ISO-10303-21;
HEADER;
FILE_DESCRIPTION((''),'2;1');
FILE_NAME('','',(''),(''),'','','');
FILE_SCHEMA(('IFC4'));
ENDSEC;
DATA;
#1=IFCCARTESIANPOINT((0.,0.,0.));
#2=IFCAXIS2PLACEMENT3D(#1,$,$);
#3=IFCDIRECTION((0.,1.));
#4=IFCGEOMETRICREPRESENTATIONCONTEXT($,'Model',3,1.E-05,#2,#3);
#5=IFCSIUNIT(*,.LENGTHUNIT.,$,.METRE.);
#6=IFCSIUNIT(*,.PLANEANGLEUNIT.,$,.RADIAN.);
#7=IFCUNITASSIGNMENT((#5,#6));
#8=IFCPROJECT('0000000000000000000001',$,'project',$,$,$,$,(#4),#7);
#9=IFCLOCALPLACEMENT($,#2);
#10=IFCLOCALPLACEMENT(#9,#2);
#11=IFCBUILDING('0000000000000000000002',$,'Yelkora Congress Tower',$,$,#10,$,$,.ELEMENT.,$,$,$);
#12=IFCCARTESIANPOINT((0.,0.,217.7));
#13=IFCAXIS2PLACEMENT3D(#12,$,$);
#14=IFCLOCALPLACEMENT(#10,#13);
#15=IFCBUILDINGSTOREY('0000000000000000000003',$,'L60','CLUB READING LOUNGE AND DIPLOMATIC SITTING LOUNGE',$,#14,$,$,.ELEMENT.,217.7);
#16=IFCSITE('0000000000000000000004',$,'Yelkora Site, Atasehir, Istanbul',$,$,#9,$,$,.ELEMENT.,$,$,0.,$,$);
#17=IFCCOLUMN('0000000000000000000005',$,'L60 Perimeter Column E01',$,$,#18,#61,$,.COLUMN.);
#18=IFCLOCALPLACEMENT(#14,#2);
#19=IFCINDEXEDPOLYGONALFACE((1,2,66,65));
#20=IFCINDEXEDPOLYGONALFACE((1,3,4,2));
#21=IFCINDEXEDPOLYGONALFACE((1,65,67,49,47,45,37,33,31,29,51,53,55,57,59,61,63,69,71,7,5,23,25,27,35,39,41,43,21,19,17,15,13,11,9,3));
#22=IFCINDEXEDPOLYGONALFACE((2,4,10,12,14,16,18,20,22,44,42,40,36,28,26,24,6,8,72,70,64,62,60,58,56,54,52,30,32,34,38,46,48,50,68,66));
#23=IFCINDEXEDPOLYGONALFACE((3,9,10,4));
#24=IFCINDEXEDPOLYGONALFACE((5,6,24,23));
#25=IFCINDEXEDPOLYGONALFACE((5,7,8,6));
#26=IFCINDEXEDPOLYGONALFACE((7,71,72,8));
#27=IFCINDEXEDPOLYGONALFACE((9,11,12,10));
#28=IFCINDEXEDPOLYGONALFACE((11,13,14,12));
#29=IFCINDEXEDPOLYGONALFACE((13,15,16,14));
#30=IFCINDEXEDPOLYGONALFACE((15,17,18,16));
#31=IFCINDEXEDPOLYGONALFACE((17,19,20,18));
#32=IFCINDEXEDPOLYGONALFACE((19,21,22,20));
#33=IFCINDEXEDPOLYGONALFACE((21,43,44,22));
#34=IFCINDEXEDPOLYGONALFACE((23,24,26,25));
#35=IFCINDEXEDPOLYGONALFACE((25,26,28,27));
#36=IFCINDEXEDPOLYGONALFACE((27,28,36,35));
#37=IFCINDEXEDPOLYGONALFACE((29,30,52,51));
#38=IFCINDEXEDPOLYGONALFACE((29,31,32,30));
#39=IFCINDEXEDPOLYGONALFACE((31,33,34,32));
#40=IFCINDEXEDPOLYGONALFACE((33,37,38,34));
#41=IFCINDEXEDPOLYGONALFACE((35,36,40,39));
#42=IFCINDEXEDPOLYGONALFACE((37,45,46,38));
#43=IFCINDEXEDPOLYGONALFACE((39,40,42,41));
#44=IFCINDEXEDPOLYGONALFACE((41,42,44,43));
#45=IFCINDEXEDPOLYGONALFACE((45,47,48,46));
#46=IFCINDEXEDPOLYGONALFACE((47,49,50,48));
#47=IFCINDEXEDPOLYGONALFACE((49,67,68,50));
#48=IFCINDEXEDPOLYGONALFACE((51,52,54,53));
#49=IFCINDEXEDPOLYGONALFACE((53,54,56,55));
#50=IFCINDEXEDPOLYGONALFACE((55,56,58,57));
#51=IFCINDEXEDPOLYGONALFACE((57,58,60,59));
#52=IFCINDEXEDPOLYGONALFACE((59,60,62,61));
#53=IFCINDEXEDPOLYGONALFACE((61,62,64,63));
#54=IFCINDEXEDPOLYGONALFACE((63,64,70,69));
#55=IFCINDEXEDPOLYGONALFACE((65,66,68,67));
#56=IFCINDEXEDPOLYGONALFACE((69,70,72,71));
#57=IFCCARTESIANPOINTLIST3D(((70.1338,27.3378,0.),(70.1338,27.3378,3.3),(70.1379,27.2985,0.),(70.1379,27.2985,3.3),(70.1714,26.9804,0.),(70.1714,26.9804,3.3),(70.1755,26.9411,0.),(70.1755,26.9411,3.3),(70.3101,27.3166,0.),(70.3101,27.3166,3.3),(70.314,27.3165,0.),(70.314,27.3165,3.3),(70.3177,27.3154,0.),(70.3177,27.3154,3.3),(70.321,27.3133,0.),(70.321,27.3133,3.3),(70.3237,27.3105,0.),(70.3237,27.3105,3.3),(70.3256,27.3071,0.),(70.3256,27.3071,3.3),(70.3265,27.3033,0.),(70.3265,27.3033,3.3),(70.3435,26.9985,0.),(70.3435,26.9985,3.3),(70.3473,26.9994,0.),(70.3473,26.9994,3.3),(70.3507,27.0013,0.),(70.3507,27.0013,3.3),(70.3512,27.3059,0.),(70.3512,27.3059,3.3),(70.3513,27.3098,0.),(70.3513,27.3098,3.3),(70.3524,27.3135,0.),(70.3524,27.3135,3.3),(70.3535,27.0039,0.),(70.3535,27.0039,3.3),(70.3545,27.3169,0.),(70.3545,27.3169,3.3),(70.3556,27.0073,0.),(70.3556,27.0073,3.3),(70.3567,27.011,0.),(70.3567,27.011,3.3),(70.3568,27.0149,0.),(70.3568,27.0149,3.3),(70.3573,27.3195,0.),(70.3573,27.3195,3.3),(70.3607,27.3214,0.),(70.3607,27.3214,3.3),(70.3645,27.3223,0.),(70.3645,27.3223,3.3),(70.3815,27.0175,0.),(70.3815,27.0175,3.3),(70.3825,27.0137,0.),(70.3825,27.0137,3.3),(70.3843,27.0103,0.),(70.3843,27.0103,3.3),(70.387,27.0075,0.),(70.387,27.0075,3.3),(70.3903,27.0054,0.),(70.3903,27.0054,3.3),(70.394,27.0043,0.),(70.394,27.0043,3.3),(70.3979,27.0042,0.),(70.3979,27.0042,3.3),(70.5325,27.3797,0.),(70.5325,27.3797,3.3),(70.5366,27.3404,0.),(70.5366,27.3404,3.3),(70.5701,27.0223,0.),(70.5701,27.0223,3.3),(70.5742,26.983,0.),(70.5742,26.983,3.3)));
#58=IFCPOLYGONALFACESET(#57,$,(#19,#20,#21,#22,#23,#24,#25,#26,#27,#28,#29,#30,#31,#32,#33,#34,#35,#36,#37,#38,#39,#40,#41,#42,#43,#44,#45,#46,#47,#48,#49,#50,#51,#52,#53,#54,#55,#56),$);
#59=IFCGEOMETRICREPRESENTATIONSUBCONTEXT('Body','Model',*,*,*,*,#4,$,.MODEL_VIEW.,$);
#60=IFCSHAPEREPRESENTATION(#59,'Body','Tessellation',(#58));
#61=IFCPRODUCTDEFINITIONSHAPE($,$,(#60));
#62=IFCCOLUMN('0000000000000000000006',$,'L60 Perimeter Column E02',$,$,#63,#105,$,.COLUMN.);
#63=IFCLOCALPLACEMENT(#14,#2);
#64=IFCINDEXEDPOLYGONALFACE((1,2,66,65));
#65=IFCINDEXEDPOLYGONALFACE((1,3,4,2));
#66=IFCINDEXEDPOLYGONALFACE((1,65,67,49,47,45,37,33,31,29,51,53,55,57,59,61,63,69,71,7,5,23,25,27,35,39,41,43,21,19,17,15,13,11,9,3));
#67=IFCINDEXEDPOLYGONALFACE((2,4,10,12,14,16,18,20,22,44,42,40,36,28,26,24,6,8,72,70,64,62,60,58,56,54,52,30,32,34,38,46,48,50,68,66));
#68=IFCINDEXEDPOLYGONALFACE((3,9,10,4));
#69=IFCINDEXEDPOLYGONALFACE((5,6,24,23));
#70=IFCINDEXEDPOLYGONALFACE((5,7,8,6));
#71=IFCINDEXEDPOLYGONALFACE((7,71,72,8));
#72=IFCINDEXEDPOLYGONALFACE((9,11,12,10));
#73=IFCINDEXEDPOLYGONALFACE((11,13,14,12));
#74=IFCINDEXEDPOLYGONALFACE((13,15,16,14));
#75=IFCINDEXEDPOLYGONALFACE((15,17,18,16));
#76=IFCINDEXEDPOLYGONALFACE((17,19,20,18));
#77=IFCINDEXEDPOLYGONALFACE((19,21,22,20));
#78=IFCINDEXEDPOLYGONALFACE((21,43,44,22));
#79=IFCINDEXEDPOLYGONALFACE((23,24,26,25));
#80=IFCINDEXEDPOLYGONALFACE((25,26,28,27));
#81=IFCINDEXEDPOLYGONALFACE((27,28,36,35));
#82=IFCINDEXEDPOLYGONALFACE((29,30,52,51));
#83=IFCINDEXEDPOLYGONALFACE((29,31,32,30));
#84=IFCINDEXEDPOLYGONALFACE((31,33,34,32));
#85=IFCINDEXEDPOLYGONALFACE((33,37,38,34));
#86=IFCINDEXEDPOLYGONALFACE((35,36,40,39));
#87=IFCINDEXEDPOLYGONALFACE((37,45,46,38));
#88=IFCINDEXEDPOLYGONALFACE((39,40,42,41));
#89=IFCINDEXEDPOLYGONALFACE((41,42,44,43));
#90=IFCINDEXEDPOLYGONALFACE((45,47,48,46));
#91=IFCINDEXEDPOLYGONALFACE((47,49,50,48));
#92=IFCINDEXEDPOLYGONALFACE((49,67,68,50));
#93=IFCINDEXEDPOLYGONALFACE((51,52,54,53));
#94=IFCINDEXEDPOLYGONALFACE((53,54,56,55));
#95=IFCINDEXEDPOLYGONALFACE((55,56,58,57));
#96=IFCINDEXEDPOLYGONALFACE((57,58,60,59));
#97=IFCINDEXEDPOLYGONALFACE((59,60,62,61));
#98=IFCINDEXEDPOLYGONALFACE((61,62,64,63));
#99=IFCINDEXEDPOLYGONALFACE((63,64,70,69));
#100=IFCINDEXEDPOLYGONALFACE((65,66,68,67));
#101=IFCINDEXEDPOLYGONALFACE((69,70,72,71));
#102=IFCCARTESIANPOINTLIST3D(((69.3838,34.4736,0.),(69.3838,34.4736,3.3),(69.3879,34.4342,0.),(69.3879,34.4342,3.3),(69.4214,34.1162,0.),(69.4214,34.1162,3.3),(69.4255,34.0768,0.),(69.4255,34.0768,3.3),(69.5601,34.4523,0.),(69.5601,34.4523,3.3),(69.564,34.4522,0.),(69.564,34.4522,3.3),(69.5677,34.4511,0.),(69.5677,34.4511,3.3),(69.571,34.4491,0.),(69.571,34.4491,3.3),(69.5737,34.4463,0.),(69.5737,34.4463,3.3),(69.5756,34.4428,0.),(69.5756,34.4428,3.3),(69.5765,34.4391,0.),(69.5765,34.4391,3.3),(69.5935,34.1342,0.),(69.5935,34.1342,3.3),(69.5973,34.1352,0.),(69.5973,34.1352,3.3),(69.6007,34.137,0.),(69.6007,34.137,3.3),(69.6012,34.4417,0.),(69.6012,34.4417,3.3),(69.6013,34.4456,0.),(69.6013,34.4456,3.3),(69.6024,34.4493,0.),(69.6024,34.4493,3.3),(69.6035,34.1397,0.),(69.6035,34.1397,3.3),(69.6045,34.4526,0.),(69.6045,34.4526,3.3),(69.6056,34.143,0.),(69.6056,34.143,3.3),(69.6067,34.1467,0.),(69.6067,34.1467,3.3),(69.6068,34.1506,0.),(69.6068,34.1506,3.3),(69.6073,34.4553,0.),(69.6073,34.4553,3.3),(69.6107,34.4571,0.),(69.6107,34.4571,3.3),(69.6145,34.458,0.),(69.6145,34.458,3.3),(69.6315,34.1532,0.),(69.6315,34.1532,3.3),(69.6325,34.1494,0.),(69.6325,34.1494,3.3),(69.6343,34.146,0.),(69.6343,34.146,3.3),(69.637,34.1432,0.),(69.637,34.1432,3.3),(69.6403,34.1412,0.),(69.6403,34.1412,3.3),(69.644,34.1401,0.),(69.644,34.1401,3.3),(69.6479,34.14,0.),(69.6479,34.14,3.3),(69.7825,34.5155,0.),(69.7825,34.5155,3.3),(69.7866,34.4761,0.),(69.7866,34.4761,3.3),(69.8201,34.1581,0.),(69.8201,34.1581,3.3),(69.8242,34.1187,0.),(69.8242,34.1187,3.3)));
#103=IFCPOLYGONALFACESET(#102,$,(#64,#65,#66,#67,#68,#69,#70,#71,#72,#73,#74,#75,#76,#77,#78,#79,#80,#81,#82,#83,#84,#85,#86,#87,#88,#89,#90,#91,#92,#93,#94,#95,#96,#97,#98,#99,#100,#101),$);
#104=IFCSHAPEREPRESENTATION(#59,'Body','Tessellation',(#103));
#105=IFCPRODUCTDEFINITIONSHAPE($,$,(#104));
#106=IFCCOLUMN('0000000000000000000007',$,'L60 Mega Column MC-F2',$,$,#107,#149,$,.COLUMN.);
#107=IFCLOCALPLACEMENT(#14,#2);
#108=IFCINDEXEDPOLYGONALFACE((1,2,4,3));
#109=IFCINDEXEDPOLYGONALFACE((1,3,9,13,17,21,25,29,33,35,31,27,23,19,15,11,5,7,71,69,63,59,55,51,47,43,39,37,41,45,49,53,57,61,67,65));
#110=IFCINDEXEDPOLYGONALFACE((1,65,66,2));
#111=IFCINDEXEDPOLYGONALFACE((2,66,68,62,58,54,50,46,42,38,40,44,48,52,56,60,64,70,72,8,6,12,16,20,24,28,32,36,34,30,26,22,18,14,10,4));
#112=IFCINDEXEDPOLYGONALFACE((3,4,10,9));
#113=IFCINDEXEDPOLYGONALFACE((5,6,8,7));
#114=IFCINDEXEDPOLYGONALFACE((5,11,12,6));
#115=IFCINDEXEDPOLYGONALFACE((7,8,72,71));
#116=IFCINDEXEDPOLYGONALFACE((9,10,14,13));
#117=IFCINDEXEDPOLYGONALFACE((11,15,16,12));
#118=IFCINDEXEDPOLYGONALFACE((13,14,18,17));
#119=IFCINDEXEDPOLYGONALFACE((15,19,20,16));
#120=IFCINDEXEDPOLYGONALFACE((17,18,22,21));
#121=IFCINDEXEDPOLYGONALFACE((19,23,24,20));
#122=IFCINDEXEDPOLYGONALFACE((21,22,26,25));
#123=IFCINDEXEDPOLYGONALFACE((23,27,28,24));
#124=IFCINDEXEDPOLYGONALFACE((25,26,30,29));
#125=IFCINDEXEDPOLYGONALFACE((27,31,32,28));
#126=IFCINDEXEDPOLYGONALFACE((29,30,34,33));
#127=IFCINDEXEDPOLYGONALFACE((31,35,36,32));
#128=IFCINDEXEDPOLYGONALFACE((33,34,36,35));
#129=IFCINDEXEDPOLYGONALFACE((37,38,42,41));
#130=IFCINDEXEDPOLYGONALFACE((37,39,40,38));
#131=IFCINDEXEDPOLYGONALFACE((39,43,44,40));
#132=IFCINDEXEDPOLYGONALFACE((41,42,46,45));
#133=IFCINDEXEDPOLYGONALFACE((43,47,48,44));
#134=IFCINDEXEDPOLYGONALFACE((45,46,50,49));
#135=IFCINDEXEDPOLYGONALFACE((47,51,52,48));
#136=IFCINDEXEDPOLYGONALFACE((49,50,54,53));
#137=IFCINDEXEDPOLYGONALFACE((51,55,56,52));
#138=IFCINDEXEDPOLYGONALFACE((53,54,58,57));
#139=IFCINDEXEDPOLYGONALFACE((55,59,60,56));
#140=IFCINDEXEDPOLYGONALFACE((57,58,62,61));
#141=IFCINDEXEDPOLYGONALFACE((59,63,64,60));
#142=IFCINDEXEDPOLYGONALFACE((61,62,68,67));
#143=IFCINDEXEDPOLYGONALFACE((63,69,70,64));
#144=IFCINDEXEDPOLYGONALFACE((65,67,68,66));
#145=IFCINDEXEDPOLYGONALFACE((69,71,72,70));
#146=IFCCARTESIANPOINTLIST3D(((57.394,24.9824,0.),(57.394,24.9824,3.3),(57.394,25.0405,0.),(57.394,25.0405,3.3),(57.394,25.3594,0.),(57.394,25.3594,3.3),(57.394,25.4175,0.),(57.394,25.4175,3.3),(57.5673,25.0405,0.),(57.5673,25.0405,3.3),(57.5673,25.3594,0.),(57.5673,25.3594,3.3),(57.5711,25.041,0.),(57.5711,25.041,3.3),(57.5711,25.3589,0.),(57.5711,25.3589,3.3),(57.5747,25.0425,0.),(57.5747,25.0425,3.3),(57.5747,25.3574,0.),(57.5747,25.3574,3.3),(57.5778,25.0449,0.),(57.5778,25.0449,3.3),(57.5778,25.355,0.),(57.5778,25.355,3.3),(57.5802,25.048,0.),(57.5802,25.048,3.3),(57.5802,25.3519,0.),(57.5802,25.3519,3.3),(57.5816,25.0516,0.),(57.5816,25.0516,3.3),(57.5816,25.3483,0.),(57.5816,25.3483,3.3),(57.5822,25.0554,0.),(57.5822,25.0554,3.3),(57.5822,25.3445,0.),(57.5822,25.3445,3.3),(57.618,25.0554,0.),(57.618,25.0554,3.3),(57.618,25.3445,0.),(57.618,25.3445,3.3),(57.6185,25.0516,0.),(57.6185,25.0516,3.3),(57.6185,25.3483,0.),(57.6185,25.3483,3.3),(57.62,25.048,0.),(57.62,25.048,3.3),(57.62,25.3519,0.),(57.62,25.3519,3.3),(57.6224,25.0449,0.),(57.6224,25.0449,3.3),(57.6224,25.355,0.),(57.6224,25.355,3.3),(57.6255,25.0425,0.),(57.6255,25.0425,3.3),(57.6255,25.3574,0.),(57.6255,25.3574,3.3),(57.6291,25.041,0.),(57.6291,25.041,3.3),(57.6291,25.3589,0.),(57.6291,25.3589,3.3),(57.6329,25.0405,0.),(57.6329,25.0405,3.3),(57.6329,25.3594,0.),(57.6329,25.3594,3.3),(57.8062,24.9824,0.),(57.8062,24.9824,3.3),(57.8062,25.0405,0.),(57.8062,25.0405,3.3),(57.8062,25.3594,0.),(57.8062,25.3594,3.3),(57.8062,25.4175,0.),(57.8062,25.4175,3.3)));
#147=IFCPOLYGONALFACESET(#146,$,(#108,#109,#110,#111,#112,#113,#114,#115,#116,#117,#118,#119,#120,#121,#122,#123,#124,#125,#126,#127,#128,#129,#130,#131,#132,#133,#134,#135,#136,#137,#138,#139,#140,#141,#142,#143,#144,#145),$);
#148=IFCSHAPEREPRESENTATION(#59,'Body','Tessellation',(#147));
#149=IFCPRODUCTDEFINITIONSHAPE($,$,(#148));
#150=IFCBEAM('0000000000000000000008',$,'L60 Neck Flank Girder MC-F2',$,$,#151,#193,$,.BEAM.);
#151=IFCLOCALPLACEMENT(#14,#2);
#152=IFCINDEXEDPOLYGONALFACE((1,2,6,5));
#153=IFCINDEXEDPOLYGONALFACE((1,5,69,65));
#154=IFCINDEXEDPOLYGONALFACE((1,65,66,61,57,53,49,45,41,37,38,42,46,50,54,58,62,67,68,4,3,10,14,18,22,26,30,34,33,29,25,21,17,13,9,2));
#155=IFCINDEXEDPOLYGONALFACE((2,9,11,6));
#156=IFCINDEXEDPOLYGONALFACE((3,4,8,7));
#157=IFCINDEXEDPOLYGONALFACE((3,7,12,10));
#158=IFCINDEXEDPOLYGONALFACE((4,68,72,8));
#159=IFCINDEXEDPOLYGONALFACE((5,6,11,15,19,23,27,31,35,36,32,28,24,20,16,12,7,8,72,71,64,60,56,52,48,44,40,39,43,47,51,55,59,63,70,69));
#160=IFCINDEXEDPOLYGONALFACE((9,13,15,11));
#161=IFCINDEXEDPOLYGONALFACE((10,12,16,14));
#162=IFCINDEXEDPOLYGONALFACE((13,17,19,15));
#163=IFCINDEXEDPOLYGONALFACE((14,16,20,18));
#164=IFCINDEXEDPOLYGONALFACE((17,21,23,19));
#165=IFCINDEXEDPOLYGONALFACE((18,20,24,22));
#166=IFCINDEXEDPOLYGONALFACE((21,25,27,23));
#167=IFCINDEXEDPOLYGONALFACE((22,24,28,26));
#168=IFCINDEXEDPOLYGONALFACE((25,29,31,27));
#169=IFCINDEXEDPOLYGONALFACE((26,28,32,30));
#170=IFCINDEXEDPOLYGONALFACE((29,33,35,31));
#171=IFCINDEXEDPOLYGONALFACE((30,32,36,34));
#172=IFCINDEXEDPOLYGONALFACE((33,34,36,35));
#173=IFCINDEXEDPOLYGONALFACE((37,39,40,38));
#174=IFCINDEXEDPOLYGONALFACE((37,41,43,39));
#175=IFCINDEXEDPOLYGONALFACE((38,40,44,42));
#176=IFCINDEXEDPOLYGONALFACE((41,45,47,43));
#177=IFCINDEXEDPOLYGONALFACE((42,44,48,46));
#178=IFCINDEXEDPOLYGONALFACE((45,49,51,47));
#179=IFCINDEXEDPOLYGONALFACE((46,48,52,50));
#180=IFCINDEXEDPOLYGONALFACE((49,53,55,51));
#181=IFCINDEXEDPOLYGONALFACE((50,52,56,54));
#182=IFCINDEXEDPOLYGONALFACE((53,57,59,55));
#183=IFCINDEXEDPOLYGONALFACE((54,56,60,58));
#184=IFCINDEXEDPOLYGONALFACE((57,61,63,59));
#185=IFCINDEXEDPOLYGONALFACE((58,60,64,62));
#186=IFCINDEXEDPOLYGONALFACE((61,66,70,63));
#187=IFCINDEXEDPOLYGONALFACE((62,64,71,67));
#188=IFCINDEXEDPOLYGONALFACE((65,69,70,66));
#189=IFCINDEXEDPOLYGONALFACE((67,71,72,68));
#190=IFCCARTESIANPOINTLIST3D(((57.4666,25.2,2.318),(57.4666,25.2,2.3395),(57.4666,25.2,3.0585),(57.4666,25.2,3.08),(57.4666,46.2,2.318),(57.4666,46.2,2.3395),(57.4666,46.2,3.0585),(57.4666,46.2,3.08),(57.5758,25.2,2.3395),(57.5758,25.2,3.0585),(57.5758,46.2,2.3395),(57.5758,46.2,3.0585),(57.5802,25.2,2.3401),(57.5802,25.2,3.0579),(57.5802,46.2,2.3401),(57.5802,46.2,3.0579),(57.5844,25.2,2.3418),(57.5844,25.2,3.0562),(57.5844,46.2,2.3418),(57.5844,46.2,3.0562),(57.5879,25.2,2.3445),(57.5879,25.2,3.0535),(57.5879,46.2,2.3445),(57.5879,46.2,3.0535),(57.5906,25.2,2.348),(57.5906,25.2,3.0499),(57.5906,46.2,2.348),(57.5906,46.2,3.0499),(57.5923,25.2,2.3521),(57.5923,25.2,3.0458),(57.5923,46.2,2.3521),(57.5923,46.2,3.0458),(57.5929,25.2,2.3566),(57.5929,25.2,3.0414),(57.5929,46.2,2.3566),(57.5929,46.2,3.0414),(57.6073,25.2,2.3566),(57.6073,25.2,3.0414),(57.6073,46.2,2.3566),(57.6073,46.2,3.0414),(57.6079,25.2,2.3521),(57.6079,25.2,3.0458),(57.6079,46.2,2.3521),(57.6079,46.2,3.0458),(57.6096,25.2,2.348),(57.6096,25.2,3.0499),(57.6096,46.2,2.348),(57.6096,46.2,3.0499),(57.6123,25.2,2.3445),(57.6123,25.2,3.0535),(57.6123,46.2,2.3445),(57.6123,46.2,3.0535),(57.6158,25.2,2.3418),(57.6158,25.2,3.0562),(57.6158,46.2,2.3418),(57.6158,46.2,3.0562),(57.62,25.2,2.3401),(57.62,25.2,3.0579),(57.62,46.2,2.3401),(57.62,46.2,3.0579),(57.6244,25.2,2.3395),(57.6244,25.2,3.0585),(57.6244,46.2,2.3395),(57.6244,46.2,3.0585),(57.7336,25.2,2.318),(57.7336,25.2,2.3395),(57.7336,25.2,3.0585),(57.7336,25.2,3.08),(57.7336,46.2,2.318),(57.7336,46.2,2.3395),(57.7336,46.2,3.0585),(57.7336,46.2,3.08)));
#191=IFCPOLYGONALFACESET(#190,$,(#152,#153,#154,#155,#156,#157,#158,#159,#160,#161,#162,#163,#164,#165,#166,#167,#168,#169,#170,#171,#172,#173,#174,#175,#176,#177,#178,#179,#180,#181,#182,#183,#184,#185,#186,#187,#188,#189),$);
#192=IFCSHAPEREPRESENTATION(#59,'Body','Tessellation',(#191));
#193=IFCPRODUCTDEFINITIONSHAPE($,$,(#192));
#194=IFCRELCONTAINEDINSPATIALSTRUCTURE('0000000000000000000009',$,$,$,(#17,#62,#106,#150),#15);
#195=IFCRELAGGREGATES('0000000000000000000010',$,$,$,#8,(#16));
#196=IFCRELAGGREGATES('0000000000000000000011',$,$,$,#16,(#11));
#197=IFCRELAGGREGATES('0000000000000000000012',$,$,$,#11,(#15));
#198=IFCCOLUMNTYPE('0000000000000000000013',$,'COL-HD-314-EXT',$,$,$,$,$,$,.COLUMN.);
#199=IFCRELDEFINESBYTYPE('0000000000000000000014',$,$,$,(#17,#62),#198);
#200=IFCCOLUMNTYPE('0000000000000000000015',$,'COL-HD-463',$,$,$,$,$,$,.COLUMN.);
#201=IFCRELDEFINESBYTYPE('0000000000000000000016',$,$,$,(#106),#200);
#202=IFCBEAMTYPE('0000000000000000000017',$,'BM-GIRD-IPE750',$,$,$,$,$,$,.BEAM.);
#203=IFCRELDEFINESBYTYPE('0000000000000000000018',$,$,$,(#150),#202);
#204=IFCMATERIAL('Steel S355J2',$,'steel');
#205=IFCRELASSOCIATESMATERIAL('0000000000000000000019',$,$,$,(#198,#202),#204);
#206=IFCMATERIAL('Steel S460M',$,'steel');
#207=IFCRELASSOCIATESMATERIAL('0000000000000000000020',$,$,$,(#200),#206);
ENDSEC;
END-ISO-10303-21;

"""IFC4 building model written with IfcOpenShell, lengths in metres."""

from ifc_helpers import new_model, si_unit, direction, frame, origin, origin_2d, place, context, subcontext, project, spatial, i_section, extrude, material, material_profile, profile_set, type_object, element, save


model = new_model("IFC4")

# Units and contexts
model_context = context("Model", 3, precision=1e-05, world=origin(), true_north=direction((0.0, 1.0)))
body_context = subcontext(model_context, "Body", "Model", "MODEL_VIEW")
ifc_project = project(units=[si_unit("LENGTHUNIT", "METRE"), si_unit("PLANEANGLEUNIT", "RADIAN")], contexts=[model_context])

# Site, building, storey
site_placement = place(None, origin())
site = spatial("IfcSite", under=ifc_project, at=site_placement, Name="Yelkora Site, Atasehir, Istanbul", CompositionType="ELEMENT", RefElevation=0.0)
building_placement = place(site_placement, origin())
building = spatial("IfcBuilding", under=site, at=building_placement, Name="Yelkora Congress Tower", CompositionType="ELEMENT")
storey_placement = place(building_placement, frame((0.0, 0.0, 217.7)))
storey = spatial("IfcBuildingStorey", under=building, at=storey_placement, Name="L60", Description="CLUB READING LOUNGE AND DIPLOMATIC SITTING LOUNGE", CompositionType="ELEMENT", Elevation=217.7)

# Columns
ifc_material_1 = material(Name="Steel S355J2", Category="steel")
ifc_material_profile_1 = material_profile(ifc_material_1, i_section(OverallWidth=0.4009, OverallDepth=0.3989, WebThickness=0.0249, FlangeThickness=0.0396, FilletRadius=0.0149, at=origin_2d()), Name="HD 400x314")
ifc_profile_set_1 = profile_set([ifc_material_profile_1], Name="Steel S355J2")
column_type_1 = type_object("IfcColumnType", Name="COL-HD-314-EXT", PredefinedType="COLUMN", material=ifc_profile_set_1)
for number, where, z_axis, x_axis, name in (
    (1, (70.354, 27.1604, 0.0), (0.0, 0.0, 1.0), (0.994522, 0.104528, 0.0), "L60 Perimeter Column E01"),
    (2, (69.604, 34.2961, 0.0), (0.0, 0.0, 1.0), (0.994522, 0.104528, 0.0), "L60 Perimeter Column E02"),
):
    element("IfcColumn", number, at=place(storey_placement, frame(where, z_axis=z_axis, x_axis=x_axis)), inside=storey, type_object=column_type_1, Name=name, PredefinedType="COLUMN", context=body_context, shape_type="SweptSolid", body=[
        extrude(i_section(OverallWidth=0.4009, OverallDepth=0.3989, WebThickness=0.0249, FlangeThickness=0.0396, FilletRadius=0.0149, at=origin_2d()), origin(), (0.0, 0.0, 1.0), 3.3),
    ])
ifc_material_2 = material(Name="Steel S460M", Category="steel")
ifc_material_profile_2 = material_profile(ifc_material_2, i_section(OverallWidth=0.4121, OverallDepth=0.4351, WebThickness=0.0359, FlangeThickness=0.0581, FilletRadius=0.0149, at=origin_2d()), Name="HD 400x463")
ifc_profile_set_2 = profile_set([ifc_material_profile_2], Name="Steel S460M")
column_type_2 = type_object("IfcColumnType", Name="COL-HD-463", PredefinedType="COLUMN", material=ifc_profile_set_2)
column_placement = place(storey_placement, frame((57.6001, 25.2, 0.0), z_axis=(0.0, 0.0, 1.0), x_axis=(1.0, 0.0, 0.0)))
element("IfcColumn", 3, at=column_placement, inside=storey, type_object=column_type_2, Name="L60 Mega Column MC-F2", PredefinedType="COLUMN", context=body_context, shape_type="SweptSolid", body=[
    extrude(i_section(OverallWidth=0.4121, OverallDepth=0.4351, WebThickness=0.0359, FlangeThickness=0.0581, FilletRadius=0.0149, at=origin_2d()), origin(), (0.0, 0.0, 1.0), 3.3),
])

# Beam
ifc_material_profile_3 = material_profile(ifc_material_1, i_section(OverallWidth=0.2671, OverallDepth=0.762, WebThickness=0.0144, FlangeThickness=0.0215, FilletRadius=0.0171, at=origin_2d()), Name="IPE 750x173")
ifc_profile_set_3 = profile_set([ifc_material_profile_3], Name="Steel S355J2")
beam_type_1 = type_object("IfcBeamType", Name="BM-GIRD-IPE750", PredefinedType="BEAM", material=ifc_profile_set_3)
beam_1_placement = place(storey_placement, frame((57.6001, 25.2, 2.699), z_axis=(0.0, 1.0, 0.0), x_axis=(-1.0, 0.0, 0.0)))
element("IfcBeam", 4, at=beam_1_placement, inside=storey, type_object=beam_type_1, Name="L60 Neck Flank Girder MC-F2", PredefinedType="BEAM", context=body_context, shape_type="SweptSolid", body=[
    extrude(i_section(OverallWidth=0.2671, OverallDepth=0.762, WebThickness=0.0144, FlangeThickness=0.0215, FilletRadius=0.0171, at=origin_2d()), origin(), (0.0, 0.0, 1.0), 21.0),
])

save(model, "model.ifc")
